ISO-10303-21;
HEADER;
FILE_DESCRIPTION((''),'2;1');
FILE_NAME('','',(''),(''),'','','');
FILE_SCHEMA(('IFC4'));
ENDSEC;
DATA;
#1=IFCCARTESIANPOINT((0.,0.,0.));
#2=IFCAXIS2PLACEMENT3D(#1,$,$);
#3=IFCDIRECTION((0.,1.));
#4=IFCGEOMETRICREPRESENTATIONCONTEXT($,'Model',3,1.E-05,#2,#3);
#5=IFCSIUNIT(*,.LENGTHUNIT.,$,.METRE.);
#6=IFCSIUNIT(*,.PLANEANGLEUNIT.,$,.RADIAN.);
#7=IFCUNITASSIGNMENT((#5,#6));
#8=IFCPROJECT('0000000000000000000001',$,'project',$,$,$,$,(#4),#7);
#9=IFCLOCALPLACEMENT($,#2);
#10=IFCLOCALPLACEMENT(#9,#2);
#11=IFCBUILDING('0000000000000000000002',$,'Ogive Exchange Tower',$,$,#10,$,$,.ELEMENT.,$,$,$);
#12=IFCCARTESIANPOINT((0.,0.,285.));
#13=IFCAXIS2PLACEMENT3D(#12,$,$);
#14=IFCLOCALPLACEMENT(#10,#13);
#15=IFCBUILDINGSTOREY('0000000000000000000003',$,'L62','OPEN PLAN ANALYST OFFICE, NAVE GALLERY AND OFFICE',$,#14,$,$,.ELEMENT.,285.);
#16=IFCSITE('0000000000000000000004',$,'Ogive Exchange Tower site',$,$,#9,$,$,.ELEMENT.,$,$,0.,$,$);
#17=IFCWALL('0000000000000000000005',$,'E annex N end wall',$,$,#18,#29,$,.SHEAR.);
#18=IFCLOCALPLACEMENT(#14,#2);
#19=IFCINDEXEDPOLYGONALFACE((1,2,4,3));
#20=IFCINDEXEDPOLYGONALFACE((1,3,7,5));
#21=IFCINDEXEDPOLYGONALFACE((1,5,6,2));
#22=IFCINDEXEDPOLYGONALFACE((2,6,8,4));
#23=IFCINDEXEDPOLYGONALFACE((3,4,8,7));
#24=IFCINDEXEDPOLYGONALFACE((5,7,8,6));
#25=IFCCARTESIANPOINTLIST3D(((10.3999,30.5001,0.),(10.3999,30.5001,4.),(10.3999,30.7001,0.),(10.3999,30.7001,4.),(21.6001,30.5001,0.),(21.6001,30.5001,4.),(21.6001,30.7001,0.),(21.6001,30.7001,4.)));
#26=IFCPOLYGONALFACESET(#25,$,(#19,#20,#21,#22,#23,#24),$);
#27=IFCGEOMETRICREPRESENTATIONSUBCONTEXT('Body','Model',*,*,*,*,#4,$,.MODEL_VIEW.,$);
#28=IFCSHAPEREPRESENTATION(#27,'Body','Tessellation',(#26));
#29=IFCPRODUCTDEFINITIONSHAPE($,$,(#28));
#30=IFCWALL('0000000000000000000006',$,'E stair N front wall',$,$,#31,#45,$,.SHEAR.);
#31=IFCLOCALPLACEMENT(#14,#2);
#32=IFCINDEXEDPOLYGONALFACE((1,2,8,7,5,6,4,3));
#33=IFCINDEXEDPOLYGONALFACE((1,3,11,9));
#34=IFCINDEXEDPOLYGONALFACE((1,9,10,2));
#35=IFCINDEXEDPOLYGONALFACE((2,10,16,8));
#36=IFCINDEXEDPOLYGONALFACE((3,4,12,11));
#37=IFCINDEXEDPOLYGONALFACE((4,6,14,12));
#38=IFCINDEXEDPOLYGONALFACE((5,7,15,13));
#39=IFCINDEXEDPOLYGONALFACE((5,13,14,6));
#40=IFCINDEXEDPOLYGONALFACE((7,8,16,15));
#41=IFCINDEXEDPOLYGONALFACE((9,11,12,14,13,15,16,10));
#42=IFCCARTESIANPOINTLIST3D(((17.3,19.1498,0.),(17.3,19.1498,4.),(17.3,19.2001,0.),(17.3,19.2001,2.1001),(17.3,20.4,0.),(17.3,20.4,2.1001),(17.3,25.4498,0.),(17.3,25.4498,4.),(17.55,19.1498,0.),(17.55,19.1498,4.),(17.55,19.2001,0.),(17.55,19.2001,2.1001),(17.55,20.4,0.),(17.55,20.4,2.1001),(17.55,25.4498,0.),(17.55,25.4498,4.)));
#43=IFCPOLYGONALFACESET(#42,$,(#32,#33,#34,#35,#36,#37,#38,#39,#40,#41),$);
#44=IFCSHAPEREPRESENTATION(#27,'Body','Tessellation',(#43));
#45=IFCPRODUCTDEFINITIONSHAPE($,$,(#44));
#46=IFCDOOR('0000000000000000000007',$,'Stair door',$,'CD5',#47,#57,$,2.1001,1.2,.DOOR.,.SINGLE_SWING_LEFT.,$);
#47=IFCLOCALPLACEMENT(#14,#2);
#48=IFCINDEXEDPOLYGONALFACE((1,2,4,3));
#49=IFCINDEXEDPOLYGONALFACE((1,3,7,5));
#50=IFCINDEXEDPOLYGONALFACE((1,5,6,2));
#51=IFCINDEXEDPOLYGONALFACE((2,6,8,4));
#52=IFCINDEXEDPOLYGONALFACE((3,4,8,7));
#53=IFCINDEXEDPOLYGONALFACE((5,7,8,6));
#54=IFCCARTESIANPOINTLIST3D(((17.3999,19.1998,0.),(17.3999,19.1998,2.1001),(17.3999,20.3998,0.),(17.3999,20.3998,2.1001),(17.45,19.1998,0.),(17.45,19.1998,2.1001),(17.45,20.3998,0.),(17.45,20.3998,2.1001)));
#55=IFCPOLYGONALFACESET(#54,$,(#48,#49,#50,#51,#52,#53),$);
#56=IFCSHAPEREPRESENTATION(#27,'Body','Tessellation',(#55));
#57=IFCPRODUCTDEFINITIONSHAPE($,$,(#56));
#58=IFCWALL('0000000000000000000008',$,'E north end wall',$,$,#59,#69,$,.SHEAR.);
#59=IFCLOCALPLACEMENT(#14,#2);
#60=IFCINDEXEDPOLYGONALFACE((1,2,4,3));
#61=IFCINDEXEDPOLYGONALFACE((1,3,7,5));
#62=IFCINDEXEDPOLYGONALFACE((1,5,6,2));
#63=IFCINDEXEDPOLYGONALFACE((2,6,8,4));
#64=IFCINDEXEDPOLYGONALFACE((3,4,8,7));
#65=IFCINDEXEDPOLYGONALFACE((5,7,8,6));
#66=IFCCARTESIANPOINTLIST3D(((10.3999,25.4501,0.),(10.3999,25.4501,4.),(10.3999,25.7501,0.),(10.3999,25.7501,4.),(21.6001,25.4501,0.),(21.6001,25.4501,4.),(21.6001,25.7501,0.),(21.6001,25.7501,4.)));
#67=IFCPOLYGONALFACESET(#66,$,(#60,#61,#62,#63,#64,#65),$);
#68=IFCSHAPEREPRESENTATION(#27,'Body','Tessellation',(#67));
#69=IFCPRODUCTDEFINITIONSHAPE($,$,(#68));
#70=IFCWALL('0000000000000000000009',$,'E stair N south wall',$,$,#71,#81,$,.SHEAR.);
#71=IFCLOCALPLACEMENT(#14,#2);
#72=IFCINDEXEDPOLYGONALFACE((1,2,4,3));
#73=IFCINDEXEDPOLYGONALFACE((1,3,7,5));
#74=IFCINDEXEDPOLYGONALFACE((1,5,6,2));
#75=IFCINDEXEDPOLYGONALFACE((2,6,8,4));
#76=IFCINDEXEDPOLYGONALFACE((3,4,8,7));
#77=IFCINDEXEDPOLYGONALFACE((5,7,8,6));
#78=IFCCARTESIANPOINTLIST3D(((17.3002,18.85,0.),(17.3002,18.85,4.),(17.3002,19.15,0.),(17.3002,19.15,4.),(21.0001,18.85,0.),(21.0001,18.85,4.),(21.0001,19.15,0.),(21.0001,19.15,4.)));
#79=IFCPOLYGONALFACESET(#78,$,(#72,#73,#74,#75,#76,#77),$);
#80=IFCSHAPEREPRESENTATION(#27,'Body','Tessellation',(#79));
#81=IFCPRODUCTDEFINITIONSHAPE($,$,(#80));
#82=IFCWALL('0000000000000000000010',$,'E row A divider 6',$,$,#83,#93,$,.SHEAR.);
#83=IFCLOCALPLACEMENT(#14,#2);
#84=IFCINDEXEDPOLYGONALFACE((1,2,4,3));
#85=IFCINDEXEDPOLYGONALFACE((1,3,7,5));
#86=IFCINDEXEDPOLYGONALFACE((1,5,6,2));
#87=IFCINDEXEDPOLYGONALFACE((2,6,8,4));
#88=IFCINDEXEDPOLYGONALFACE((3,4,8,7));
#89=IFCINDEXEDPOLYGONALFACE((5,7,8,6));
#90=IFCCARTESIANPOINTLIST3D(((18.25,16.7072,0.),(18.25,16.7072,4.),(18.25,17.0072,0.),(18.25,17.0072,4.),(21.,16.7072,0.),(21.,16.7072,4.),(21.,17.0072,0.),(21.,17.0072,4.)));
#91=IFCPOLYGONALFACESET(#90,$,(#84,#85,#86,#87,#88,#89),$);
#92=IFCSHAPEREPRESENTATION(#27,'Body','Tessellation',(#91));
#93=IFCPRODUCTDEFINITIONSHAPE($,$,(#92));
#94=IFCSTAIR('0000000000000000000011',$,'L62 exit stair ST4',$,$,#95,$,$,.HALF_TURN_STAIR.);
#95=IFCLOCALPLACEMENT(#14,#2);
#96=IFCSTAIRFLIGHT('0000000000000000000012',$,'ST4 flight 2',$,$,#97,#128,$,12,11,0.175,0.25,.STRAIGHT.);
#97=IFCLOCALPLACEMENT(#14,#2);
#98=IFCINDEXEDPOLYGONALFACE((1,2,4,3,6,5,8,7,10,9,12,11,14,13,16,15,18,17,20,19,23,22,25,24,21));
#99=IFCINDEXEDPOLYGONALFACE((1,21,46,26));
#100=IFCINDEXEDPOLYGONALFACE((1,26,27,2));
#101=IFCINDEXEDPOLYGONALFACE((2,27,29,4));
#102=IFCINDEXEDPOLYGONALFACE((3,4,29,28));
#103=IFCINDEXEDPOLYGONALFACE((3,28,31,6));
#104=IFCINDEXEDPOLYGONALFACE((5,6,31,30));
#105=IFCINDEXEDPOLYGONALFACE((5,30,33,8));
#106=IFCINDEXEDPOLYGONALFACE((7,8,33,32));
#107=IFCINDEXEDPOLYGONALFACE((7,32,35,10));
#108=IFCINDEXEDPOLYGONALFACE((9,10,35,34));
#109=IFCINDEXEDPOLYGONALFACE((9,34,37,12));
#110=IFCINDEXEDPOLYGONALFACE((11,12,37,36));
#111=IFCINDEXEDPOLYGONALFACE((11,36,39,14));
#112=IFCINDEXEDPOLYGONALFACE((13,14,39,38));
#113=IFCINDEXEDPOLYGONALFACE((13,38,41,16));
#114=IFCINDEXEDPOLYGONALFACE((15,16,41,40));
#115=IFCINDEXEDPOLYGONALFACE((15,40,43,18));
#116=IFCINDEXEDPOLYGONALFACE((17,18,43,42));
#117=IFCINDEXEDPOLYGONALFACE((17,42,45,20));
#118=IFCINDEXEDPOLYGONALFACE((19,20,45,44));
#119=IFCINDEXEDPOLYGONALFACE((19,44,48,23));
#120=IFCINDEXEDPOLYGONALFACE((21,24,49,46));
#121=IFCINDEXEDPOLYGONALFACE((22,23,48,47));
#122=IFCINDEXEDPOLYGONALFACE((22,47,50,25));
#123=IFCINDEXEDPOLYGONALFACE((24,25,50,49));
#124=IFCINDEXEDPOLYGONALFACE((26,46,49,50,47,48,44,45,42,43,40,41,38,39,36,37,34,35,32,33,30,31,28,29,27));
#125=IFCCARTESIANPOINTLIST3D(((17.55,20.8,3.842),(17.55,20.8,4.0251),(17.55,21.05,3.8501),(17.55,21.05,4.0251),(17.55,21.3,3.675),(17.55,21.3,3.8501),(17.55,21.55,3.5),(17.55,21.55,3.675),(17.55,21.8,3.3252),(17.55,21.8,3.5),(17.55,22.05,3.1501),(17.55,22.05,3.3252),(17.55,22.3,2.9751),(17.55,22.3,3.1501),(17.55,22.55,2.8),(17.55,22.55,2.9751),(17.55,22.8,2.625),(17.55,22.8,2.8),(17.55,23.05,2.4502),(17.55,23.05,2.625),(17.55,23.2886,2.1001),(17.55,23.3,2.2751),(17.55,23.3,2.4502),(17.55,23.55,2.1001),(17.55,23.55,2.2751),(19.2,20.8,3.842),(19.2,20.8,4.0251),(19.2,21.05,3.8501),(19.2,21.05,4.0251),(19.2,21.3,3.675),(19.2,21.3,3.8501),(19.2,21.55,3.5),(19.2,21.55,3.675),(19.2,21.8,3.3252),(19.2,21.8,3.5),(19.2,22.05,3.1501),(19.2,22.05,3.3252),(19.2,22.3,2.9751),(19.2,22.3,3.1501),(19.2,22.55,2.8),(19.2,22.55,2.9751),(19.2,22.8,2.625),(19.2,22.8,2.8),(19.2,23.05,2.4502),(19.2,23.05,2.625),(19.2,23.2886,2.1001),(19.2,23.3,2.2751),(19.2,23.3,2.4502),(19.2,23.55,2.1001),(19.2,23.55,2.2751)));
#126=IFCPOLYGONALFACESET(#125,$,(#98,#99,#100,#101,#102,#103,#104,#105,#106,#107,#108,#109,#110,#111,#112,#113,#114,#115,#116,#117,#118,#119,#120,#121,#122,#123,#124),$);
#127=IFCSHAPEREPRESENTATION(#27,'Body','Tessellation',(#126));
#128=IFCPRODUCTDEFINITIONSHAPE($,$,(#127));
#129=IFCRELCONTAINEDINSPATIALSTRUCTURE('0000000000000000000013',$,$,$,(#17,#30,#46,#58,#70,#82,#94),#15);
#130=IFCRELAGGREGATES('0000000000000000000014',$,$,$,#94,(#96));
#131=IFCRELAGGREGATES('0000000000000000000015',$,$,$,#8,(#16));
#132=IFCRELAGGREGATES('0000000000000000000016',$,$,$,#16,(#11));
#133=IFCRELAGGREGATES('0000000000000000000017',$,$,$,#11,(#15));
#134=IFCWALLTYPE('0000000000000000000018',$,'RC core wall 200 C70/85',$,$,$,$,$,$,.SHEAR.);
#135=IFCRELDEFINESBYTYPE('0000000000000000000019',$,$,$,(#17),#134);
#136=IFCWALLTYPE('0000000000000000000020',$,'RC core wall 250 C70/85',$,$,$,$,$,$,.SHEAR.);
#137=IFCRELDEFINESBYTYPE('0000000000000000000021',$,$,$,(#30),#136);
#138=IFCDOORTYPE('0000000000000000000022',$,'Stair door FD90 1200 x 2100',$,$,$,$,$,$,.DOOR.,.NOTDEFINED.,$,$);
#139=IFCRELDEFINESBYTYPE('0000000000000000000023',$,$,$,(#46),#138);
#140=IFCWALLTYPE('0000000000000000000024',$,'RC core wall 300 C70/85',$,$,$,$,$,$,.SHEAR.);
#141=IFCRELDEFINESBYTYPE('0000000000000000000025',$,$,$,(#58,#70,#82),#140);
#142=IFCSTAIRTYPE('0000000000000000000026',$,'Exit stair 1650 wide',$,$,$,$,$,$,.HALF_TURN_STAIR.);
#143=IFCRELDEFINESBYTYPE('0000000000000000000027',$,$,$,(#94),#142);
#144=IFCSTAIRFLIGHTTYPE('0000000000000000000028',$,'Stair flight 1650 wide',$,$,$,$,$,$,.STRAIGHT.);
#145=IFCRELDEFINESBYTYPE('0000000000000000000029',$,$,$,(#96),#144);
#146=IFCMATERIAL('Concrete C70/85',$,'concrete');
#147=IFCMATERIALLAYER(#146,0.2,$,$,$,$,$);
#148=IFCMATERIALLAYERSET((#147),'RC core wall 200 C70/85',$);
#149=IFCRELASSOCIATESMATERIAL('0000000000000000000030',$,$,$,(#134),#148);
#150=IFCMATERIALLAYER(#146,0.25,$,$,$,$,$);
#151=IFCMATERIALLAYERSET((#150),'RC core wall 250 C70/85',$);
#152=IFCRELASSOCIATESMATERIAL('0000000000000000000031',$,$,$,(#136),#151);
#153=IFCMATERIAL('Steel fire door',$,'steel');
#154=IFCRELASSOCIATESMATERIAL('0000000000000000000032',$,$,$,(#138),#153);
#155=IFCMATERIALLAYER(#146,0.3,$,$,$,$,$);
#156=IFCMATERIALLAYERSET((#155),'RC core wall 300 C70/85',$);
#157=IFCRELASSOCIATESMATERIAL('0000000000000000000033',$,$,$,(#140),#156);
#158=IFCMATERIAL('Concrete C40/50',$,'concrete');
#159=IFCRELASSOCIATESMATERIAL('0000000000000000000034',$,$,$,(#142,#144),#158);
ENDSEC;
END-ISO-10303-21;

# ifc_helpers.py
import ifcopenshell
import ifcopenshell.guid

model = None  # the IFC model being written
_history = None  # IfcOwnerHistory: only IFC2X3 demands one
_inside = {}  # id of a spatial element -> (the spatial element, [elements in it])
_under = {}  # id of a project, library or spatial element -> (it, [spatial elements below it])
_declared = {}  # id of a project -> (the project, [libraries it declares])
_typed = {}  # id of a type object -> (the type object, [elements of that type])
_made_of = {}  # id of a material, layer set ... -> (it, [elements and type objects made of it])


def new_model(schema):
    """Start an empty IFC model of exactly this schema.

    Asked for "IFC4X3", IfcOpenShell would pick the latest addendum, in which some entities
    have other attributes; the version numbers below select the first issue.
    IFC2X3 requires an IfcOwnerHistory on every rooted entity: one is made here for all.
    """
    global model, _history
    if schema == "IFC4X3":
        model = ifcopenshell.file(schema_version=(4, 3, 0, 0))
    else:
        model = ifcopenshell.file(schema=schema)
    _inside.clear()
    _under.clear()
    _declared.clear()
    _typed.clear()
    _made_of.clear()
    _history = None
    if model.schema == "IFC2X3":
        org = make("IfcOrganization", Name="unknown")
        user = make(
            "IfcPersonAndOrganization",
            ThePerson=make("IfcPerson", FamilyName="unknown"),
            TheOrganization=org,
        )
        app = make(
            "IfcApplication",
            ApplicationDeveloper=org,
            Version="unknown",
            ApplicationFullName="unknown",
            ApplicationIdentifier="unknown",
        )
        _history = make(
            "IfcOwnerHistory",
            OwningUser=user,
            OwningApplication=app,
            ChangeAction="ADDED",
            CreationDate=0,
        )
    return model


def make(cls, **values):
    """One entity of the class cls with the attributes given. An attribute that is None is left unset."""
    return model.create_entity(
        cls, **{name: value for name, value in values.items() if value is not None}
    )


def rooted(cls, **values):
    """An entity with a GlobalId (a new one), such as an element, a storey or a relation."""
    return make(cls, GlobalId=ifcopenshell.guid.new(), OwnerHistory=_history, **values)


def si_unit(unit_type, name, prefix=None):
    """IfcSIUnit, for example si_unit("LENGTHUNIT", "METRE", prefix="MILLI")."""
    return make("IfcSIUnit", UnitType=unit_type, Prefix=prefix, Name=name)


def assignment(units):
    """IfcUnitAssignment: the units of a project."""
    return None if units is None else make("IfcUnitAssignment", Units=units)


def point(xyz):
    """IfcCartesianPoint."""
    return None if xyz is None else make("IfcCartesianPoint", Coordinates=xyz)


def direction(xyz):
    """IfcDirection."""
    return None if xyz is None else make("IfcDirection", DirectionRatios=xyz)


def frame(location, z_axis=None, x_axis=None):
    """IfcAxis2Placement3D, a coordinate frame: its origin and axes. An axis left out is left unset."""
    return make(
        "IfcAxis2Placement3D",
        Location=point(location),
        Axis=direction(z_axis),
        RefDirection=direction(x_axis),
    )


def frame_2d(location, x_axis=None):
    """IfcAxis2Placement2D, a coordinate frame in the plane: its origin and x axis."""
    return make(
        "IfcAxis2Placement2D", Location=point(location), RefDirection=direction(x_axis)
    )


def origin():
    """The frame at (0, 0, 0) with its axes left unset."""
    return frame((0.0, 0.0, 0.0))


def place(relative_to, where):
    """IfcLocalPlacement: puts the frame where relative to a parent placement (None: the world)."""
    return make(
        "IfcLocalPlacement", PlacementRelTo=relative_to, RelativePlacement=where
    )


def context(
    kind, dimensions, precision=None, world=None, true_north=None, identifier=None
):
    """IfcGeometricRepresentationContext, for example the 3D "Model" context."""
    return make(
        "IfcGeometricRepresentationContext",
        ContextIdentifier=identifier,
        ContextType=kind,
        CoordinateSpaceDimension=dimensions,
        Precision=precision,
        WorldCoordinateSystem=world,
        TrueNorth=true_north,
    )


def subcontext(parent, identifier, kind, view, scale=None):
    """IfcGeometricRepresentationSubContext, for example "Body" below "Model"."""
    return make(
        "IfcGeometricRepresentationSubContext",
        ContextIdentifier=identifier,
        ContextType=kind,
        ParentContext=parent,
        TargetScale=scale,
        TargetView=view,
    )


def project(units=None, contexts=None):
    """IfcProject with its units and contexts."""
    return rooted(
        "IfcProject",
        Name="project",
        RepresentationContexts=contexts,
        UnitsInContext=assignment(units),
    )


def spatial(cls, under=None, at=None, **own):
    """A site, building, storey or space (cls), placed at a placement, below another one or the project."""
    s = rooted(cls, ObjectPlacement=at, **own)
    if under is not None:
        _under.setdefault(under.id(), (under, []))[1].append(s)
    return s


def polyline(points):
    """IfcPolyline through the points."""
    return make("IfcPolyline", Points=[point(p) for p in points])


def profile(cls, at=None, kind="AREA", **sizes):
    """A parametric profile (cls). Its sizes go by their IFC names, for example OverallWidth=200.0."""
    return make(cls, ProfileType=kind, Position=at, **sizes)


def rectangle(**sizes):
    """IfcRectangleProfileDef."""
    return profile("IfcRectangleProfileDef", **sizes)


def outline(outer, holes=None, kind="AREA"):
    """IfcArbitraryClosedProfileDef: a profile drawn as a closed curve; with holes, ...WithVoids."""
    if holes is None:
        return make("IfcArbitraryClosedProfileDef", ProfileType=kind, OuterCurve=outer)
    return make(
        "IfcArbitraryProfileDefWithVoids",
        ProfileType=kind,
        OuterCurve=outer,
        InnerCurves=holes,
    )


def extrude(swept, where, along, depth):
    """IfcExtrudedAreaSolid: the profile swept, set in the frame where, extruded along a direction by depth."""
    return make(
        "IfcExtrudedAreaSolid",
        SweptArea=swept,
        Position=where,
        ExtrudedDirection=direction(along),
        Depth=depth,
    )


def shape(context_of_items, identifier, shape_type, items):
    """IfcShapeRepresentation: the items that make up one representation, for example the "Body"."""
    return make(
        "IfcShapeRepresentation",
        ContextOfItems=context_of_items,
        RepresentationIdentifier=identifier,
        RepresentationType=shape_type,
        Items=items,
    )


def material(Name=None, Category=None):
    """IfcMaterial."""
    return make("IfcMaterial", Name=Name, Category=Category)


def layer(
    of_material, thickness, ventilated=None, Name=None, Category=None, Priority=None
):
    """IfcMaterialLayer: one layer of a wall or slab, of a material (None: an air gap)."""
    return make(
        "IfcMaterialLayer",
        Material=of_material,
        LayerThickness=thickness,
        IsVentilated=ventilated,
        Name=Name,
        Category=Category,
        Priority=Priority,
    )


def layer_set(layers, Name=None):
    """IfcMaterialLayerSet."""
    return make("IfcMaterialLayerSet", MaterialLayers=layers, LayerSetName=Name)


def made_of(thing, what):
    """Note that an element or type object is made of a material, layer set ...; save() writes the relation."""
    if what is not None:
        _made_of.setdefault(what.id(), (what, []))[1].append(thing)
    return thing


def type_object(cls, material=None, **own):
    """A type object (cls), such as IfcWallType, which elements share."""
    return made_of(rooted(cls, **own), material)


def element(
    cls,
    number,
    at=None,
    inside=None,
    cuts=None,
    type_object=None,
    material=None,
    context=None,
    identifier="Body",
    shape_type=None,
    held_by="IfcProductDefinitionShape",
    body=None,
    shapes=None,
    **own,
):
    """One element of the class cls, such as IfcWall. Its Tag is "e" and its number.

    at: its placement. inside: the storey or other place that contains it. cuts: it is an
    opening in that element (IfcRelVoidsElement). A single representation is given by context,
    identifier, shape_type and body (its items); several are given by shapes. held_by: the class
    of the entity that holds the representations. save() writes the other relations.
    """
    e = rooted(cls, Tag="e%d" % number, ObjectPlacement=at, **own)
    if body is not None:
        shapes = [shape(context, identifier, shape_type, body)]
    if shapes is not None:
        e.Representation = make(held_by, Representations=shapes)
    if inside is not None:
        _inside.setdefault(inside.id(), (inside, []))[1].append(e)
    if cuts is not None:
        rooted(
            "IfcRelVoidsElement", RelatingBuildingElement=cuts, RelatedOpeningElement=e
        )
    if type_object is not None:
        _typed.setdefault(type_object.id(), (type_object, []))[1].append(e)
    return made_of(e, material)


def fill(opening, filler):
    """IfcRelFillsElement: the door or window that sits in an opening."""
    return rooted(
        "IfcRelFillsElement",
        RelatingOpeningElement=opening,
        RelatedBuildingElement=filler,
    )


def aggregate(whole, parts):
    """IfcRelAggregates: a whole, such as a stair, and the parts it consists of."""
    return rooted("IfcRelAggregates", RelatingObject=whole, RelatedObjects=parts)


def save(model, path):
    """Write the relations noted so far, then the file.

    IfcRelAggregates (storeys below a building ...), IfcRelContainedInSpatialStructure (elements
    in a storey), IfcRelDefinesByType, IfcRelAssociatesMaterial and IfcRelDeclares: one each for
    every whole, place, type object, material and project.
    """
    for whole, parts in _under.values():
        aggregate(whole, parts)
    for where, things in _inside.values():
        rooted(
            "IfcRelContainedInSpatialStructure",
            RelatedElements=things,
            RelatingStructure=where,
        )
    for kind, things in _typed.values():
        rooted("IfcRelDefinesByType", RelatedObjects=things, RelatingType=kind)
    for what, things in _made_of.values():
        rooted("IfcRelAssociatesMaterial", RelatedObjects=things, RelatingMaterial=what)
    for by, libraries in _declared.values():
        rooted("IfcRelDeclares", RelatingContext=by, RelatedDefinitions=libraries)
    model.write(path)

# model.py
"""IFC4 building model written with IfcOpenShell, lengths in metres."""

from ifc_helpers import new_model, si_unit, direction, frame, frame_2d, origin, place, context, subcontext, project, spatial, polyline, rectangle, outline, extrude, material, layer, layer_set, type_object, element, fill, aggregate, save


model = new_model("IFC4")

# Units and contexts
model_context = context("Model", 3, precision=1e-05, world=origin(), true_north=direction((0.0, 1.0)))
body_context = subcontext(model_context, "Body", "Model", "MODEL_VIEW")
ifc_project = project(units=[si_unit("LENGTHUNIT", "METRE"), si_unit("PLANEANGLEUNIT", "RADIAN")], contexts=[model_context])

# Site, building, storey
site_placement = place(None, origin())
site = spatial("IfcSite", under=ifc_project, at=site_placement, Name="Ogive Exchange Tower site", CompositionType="ELEMENT", RefElevation=0.0)
building_placement = place(site_placement, origin())
building = spatial("IfcBuilding", under=site, at=building_placement, Name="Ogive Exchange Tower", CompositionType="ELEMENT")
storey_placement = place(building_placement, frame((0.0, 0.0, 285.0)))
storey = spatial("IfcBuildingStorey", under=building, at=storey_placement, Name="L62", Description="OPEN PLAN ANALYST OFFICE, NAVE GALLERY AND OFFICE", CompositionType="ELEMENT", Elevation=285.0)

# Shared definitions
ifc_material_1 = material(Name="Concrete C70/85", Category="concrete")
ifc_layer_1 = layer(ifc_material_1, 0.2)
ifc_layer_set_1 = layer_set([ifc_layer_1], Name="RC core wall 200 C70/85")
wall_type_1 = type_object("IfcWallType", Name="RC core wall 200 C70/85", PredefinedType="SHEAR", material=ifc_layer_set_1)
ifc_material_2 = material(Name="Steel fire door", Category="steel")

# Wall
wall_1_placement = place(storey_placement, frame((10.3999, 30.6001, 0.0), z_axis=(0.0, 0.0, 1.0), x_axis=(1.0, 0.0, 0.0)))
element("IfcWall", 1, at=wall_1_placement, inside=storey, type_object=wall_type_1, Name="E annex N end wall", PredefinedType="SHEAR", context=body_context, shape_type="SweptSolid", body=[
    extrude(rectangle(XDim=11.2002, YDim=0.2, at=frame_2d((5.6001, 0.0))), origin(), (0.0, 0.0, 1.0), 4.0),
])

# Wall, opening, door
ifc_layer_2 = layer(ifc_material_1, 0.25)
ifc_layer_set_2 = layer_set([ifc_layer_2], Name="RC core wall 250 C70/85")
wall_type_2 = type_object("IfcWallType", Name="RC core wall 250 C70/85", PredefinedType="SHEAR", material=ifc_layer_set_2)
wall_2_placement = place(storey_placement, frame((17.425, 19.1499, 0.0), z_axis=(0.0, 0.0, 1.0), x_axis=(0.0, 1.0, 0.0)))
wall_2 = element("IfcWall", 2, at=wall_2_placement, inside=storey, type_object=wall_type_2, Name="E stair N front wall", PredefinedType="SHEAR", context=body_context, shape_type="SweptSolid", body=[
    extrude(rectangle(XDim=6.3, YDim=0.25, at=frame_2d((3.1499, 0.0))), origin(), (0.0, 0.0, 1.0), 4.0),
])
opening_1_placement = place(wall_2_placement, frame((0.05, 0.0, 0.0)))
opening_1 = element("IfcOpeningElement", 3, at=opening_1_placement, cuts=wall_2, PredefinedType="OPENING", context=body_context, shape_type="SweptSolid", body=[
    extrude(rectangle(XDim=1.2, YDim=2.1001, at=frame_2d((0.6001, 1.05))), frame((0.0, 0.135, 0.0), z_axis=(0.0, -1.0, 0.0), x_axis=(1.0, 0.0, 0.0)), (0.0, 0.0, 1.0), 0.27),
])
door_type_1 = type_object("IfcDoorType", Name="Stair door FD90 1200 x 2100", OperationType="NOTDEFINED", PredefinedType="DOOR", material=ifc_material_2)
door_1_placement = place(opening_1_placement, frame((1.2, 0.0, 0.0), z_axis=(0.0, 0.0, 1.0), x_axis=(-1.0, 0.0, 0.0)))
door_1 = element("IfcDoor", 4, at=door_1_placement, inside=storey, type_object=door_type_1, Name="Stair door", ObjectType="CD5", OperationType="SINGLE_SWING_LEFT", OverallHeight=2.1001, OverallWidth=1.2, PredefinedType="DOOR", context=body_context, shape_type="SweptSolid", body=[
    extrude(rectangle(XDim=1.2, YDim=2.1001, at=frame_2d((0.6001, 1.05))), frame((0.0, 0.0249, 0.0), z_axis=(0.0, -1.0, 0.0), x_axis=(1.0, 0.0, 0.0)), (0.0, 0.0, 1.0), 0.05),
])
fill(opening_1, door_1)

# Walls
ifc_layer_3 = layer(ifc_material_1, 0.3)
ifc_layer_set_3 = layer_set([ifc_layer_3], Name="RC core wall 300 C70/85")
wall_type_3 = type_object("IfcWallType", Name="RC core wall 300 C70/85", PredefinedType="SHEAR", material=ifc_layer_set_3)
wall_3_placement = place(storey_placement, frame((10.3999, 25.6001, 0.0), z_axis=(0.0, 0.0, 1.0), x_axis=(1.0, 0.0, 0.0)))
element("IfcWall", 5, at=wall_3_placement, inside=storey, type_object=wall_type_3, Name="E north end wall", PredefinedType="SHEAR", context=body_context, shape_type="SweptSolid", body=[
    extrude(rectangle(XDim=11.2002, YDim=0.3, at=frame_2d((5.6001, 0.0))), origin(), (0.0, 0.0, 1.0), 4.0),
])
wall_4_placement = place(storey_placement, frame((17.3, 19.0, 0.0), z_axis=(0.0, 0.0, 1.0), x_axis=(1.0, 0.0, 0.0)))
element("IfcWall", 6, at=wall_4_placement, inside=storey, type_object=wall_type_3, Name="E stair N south wall", PredefinedType="SHEAR", context=body_context, shape_type="SweptSolid", body=[
    extrude(rectangle(XDim=3.7, YDim=0.3, at=frame_2d((1.8501, 0.0))), origin(), (0.0, 0.0, 1.0), 4.0),
])
wall_5_placement = place(storey_placement, frame((18.25, 16.8572, 0.0), z_axis=(0.0, 0.0, 1.0), x_axis=(1.0, 0.0, 0.0)))
element("IfcWall", 7, at=wall_5_placement, inside=storey, type_object=wall_type_3, Name="E row A divider 6", PredefinedType="SHEAR", context=body_context, shape_type="SweptSolid", body=[
    extrude(rectangle(XDim=2.75, YDim=0.3, at=frame_2d((1.375, 0.0))), origin(), (0.0, 0.0, 1.0), 4.0),
])

# Stair, stair flight
ifc_material_3 = material(Name="Concrete C40/50", Category="concrete")
stair_type = type_object("IfcStairType", Name="Exit stair 1650 wide", PredefinedType="HALF_TURN_STAIR", material=ifc_material_3)
stair_placement = place(storey_placement, origin())
stair = element("IfcStair", 8, at=stair_placement, inside=storey, type_object=stair_type, Name="L62 exit stair ST4", PredefinedType="HALF_TURN_STAIR")
stair_flight_type = type_object("IfcStairFlightType", Name="Stair flight 1650 wide", PredefinedType="STRAIGHT", material=ifc_material_3)
stair_flight_placement = place(storey_placement, frame((18.375, 23.55, 2.1001), z_axis=(0.0, 0.0, 1.0), x_axis=(0.0, -1.0, 0.0)))
stair_flight = element("IfcStairFlight", 9, at=stair_flight_placement, type_object=stair_flight_type, Name="ST4 flight 2", NumberOfRisers=12, NumberOfTreads=11, PredefinedType="STRAIGHT", RiserHeight=0.175, TreadLength=0.25, context=body_context, shape_type="SweptSolid", body=[
    extrude(outline(polyline([(0.0, 0.0), (0.0, 0.175), (0.25, 0.175), (0.25, 0.3501), (0.5, 0.3501), (0.5, 0.5249), (0.75, 0.5249), (0.75, 0.7), (1.0, 0.7), (1.0, 0.875), (1.25, 0.875), (1.25, 1.05), (1.5, 1.05), (1.5, 1.2251), (1.75, 1.2251), (1.75, 1.3999), (2.0, 1.3999), (2.0, 1.575), (2.25, 1.575), (2.25, 1.75), (2.5, 1.75), (2.5, 1.925), (2.75, 1.925), (2.75, 2.1001), (2.75, 1.7419), (0.2615, 0.0), (0.0, 0.0)])), frame((0.0, 0.825, 0.0), z_axis=(0.0, -1.0, 0.0), x_axis=(1.0, 0.0, 0.0)), (0.0, 0.0, 1.0), 1.6499),
])
aggregate(stair, [stair_flight])

save(model, "model.ifc")
